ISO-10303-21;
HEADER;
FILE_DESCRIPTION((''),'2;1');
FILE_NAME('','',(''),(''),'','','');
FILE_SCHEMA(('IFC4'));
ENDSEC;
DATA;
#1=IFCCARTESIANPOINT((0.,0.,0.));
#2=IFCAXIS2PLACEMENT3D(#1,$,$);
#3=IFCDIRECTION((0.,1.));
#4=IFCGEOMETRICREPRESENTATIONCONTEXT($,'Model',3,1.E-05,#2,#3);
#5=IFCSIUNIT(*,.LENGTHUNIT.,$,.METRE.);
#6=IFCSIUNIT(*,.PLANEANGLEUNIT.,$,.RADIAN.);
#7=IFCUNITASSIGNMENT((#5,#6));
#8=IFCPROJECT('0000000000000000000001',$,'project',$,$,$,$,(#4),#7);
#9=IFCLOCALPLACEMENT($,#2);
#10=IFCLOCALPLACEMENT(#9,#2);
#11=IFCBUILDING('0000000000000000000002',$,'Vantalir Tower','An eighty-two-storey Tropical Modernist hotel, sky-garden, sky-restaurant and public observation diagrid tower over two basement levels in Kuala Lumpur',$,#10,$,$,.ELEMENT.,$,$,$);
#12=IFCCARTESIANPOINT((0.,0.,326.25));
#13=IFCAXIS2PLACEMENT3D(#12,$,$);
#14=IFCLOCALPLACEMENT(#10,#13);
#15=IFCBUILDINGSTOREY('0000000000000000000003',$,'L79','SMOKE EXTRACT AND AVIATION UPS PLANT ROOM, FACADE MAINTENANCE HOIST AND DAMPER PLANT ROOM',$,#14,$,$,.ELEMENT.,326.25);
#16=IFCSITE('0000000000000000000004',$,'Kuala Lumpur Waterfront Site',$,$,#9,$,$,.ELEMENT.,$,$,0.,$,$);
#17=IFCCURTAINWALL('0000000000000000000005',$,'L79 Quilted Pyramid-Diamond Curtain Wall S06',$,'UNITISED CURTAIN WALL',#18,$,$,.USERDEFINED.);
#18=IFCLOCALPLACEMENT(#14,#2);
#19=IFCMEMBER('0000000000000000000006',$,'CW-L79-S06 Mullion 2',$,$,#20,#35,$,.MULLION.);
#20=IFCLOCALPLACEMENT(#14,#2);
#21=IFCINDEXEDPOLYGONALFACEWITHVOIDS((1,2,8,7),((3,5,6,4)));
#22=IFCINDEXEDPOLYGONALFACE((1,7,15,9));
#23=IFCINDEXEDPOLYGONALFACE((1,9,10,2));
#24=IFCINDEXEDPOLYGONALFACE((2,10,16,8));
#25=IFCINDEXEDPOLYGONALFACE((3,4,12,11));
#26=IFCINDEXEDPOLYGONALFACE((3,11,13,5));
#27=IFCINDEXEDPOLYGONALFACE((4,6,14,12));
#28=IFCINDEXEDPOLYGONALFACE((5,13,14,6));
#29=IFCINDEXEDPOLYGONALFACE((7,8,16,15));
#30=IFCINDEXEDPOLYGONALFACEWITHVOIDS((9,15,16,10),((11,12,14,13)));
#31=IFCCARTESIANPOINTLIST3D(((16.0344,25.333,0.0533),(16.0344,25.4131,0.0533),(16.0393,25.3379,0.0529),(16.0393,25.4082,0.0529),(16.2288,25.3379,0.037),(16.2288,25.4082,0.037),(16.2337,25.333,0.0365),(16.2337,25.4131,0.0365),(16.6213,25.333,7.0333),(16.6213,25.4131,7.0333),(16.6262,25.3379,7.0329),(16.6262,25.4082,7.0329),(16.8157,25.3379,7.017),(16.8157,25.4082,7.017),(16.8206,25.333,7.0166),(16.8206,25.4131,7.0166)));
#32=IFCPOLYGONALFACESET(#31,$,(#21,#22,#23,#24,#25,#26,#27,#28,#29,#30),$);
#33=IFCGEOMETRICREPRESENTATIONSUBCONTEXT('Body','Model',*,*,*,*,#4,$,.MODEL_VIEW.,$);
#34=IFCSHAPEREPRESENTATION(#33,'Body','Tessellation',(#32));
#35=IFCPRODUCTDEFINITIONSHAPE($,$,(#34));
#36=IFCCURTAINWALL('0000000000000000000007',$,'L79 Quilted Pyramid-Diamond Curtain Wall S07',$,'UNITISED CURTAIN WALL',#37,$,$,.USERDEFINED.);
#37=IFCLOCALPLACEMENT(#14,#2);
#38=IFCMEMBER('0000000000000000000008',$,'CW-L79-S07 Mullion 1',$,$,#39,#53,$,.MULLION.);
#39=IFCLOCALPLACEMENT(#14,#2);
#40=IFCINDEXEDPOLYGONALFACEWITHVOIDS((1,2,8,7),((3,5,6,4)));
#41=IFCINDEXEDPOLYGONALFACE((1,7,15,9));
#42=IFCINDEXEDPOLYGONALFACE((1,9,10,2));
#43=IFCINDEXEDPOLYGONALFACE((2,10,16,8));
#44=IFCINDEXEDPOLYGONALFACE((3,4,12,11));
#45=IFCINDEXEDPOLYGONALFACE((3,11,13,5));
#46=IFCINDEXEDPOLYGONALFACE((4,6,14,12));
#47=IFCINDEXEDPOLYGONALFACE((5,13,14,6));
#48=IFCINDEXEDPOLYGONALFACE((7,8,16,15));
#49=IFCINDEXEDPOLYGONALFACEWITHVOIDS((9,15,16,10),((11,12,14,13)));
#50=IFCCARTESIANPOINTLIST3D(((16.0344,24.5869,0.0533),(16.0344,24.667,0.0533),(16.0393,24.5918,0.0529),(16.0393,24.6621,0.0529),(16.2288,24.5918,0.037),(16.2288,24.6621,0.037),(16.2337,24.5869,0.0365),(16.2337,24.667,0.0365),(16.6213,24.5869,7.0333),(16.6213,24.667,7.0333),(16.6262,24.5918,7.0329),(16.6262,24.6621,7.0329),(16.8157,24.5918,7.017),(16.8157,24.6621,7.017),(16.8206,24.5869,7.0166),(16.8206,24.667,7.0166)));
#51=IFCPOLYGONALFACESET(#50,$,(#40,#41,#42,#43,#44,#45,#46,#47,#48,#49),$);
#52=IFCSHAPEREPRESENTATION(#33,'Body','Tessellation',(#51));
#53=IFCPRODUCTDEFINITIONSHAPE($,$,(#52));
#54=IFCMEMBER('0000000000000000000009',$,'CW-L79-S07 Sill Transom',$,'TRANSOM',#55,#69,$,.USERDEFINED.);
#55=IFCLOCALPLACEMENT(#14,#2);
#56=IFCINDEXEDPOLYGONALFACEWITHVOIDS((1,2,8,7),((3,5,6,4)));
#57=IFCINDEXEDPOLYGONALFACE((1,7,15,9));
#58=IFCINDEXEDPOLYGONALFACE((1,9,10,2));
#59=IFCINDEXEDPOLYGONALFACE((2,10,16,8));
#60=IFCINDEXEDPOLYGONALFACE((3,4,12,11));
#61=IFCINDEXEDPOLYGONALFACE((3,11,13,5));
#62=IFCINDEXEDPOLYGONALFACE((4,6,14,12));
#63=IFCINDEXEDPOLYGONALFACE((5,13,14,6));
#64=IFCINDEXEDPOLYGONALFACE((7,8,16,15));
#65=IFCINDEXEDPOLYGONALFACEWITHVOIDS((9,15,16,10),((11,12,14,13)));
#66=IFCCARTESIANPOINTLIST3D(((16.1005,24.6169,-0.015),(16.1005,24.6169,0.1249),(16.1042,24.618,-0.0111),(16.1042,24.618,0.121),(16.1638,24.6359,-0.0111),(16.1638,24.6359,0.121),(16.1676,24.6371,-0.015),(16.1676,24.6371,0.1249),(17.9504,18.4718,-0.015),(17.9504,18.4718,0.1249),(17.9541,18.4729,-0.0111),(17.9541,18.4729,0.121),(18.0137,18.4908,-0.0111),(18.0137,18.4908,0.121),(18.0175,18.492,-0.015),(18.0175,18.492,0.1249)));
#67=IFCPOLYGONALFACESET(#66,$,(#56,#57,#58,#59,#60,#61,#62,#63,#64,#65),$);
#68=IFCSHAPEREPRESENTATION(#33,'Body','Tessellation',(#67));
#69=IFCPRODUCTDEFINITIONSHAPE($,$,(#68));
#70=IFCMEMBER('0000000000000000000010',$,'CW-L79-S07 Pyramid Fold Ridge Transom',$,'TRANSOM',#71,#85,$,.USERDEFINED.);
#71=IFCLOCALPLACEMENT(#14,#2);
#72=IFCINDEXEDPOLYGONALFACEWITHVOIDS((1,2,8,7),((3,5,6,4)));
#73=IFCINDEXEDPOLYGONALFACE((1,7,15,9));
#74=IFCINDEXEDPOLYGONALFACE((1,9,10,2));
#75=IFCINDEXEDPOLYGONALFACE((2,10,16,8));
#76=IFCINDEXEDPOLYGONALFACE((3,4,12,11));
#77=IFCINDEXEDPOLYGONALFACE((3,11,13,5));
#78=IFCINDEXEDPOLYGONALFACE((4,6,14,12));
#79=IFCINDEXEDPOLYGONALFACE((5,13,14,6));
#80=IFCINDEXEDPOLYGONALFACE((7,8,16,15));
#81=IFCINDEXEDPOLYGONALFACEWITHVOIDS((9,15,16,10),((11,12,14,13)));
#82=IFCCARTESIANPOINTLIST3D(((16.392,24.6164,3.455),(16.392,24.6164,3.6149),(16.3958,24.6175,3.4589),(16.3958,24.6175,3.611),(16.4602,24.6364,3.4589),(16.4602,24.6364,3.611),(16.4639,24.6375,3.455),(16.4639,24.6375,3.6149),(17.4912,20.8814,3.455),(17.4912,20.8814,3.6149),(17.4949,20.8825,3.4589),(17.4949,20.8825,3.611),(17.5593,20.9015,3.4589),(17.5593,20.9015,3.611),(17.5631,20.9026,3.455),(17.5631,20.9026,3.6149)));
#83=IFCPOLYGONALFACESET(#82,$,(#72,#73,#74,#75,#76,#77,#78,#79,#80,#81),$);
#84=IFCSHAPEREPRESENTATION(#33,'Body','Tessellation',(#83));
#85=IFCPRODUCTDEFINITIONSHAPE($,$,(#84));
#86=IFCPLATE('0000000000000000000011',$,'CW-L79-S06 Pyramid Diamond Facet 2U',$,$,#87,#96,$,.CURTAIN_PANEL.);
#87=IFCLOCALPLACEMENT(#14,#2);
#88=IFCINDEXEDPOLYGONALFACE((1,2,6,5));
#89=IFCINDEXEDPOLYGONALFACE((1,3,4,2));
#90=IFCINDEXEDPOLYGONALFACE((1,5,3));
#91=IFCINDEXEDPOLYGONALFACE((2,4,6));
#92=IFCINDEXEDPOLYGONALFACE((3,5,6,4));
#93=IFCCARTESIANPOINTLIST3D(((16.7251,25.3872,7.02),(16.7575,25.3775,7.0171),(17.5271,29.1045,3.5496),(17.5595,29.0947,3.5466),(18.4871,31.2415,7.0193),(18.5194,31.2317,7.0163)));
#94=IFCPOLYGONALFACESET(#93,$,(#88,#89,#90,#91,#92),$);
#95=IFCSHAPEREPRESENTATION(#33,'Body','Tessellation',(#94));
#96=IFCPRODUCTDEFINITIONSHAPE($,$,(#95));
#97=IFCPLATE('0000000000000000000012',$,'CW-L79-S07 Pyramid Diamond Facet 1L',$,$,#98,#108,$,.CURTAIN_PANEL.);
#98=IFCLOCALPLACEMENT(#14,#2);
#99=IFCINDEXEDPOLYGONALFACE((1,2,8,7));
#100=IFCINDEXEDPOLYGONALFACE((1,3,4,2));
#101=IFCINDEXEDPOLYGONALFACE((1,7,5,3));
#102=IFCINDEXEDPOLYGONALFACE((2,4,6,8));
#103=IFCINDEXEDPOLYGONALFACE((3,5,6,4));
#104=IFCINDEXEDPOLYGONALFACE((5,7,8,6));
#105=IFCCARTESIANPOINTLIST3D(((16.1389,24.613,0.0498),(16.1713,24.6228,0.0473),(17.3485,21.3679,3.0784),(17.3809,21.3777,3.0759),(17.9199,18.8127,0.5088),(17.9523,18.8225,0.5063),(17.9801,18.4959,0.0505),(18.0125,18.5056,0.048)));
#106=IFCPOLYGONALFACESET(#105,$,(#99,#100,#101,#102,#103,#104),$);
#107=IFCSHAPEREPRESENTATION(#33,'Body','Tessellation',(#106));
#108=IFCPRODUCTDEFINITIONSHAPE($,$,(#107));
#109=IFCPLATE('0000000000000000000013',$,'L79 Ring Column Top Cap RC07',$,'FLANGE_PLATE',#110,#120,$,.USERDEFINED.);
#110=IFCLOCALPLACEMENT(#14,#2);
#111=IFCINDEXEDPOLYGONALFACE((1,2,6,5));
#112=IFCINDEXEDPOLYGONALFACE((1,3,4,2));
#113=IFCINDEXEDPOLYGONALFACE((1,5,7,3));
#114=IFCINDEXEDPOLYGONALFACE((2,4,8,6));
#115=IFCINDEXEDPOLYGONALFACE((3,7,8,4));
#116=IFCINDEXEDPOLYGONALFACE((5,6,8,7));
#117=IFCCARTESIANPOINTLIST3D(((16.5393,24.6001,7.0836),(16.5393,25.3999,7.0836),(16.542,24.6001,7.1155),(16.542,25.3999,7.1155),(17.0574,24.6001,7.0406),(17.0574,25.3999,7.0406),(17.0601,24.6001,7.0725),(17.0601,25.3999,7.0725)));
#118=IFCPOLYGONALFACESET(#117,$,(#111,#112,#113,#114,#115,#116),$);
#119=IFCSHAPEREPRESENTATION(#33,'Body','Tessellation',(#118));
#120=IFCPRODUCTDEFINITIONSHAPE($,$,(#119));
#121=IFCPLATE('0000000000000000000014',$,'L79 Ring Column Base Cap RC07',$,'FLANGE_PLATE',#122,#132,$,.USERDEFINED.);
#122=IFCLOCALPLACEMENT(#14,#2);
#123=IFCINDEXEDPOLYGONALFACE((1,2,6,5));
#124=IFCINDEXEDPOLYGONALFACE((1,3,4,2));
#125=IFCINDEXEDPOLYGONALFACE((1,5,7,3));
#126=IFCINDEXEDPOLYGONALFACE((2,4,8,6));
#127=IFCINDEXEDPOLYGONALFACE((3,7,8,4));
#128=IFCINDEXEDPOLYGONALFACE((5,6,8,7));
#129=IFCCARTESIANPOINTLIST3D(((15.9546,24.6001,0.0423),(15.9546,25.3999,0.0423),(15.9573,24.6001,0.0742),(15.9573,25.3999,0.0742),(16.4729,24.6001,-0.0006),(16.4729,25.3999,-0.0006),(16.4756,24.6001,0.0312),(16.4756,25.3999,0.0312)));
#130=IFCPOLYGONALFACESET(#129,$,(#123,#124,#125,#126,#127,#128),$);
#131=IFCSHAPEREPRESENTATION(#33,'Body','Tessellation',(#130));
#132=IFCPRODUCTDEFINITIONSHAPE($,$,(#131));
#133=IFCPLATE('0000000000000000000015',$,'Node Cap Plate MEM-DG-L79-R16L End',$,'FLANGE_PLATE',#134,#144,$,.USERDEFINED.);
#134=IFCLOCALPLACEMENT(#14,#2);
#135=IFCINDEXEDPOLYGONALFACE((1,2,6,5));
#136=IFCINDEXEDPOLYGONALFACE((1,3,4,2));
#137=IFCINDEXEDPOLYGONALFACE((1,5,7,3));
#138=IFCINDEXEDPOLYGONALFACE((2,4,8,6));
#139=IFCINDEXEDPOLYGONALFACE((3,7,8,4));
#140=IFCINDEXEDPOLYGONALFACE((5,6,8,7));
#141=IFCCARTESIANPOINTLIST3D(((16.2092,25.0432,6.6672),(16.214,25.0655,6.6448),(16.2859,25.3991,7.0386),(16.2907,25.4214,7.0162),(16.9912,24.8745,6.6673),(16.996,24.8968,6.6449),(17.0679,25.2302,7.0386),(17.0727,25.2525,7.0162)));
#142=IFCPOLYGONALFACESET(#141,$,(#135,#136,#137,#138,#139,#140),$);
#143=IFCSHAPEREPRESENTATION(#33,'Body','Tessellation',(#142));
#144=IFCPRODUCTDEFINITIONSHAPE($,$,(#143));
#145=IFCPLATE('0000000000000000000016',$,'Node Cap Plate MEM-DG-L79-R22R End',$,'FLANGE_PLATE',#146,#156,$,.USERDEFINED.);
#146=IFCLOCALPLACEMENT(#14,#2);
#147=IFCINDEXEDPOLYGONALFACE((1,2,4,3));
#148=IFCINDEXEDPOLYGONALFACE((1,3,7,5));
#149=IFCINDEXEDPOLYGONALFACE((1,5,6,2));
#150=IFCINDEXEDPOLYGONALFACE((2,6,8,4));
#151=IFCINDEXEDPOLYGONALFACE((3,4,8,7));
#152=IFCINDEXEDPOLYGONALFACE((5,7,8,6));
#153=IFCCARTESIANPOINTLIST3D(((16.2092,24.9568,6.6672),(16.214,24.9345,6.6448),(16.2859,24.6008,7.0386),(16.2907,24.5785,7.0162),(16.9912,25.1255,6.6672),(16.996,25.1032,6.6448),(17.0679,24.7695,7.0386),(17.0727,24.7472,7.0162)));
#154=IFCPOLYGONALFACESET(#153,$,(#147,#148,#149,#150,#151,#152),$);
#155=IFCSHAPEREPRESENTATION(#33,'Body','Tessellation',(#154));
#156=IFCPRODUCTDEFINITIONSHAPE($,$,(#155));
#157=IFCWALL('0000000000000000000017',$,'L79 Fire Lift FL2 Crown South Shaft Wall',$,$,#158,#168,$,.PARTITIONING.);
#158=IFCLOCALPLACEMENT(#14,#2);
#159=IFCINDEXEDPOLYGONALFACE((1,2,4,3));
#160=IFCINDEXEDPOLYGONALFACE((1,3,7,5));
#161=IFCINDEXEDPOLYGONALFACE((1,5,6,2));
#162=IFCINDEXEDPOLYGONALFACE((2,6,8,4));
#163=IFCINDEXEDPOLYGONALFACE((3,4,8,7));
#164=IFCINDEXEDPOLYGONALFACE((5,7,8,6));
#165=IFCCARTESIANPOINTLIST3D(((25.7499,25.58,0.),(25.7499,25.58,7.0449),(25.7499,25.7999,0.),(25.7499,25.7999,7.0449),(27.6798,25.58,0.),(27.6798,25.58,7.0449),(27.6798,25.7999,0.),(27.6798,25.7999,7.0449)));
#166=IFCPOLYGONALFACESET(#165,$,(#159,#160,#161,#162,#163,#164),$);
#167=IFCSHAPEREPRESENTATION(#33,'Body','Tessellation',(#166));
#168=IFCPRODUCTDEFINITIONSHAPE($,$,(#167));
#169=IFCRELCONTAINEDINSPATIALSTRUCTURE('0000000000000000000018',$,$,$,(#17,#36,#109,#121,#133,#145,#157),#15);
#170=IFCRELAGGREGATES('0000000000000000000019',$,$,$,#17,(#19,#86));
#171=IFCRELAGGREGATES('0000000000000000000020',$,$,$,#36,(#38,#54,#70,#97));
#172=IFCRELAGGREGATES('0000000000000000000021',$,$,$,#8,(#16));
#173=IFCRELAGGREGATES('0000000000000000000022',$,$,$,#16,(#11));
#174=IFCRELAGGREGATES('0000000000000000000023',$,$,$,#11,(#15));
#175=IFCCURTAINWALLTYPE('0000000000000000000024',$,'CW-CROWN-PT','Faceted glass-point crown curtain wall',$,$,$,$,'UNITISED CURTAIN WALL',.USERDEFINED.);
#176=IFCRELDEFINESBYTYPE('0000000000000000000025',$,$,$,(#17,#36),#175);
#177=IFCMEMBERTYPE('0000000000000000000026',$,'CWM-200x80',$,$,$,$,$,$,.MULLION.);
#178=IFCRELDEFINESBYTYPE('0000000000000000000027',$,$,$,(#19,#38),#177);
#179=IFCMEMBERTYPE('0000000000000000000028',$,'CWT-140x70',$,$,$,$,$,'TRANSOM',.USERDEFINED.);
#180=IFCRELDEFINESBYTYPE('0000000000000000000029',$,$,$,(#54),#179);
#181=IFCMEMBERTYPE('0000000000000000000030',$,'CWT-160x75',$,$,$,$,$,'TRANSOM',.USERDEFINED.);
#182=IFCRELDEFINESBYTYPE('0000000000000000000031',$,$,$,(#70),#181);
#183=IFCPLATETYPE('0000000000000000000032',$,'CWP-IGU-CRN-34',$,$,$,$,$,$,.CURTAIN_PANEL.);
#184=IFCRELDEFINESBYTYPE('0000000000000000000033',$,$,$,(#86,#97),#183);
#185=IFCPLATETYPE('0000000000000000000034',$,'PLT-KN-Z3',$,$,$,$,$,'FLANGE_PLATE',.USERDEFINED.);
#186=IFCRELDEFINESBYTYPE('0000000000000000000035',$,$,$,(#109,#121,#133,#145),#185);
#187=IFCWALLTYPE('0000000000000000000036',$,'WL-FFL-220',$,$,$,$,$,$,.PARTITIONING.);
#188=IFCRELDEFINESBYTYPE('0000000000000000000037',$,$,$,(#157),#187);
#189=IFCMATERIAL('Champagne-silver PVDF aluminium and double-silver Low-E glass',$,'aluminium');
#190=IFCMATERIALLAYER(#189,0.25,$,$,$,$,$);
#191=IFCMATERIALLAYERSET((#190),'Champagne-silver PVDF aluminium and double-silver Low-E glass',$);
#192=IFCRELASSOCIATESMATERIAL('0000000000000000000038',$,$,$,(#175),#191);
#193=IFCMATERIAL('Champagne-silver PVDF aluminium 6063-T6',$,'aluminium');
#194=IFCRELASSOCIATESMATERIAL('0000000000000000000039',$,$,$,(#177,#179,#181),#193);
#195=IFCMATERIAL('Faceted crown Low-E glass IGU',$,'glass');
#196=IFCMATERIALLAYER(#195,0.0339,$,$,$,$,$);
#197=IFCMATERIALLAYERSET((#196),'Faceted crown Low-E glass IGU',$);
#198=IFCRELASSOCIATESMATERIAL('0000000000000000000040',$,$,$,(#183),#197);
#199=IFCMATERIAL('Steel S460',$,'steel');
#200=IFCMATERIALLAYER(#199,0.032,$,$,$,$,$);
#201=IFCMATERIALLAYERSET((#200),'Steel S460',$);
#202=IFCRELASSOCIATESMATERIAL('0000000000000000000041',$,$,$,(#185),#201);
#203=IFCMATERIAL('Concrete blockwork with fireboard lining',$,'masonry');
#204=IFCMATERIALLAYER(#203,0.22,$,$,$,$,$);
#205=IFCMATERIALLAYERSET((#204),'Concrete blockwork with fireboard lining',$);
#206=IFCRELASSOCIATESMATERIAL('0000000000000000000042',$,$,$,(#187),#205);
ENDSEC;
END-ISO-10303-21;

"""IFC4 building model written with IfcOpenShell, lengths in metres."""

from ifc_helpers import new_model, si_unit, direction, frame, frame_2d, origin, origin_2d, place, context, subcontext, project, spatial, polyline, rectangle, hollow_rectangle, outline, extrude, material, layer, layer_set, material_profile, profile_set, type_object, element, aggregate, save


model = new_model("IFC4")

# Units and contexts
model_context = context("Model", 3, precision=1e-05, world=origin(), true_north=direction((0.0, 1.0)))
body_context = subcontext(model_context, "Body", "Model", "MODEL_VIEW")
ifc_project = project(units=[si_unit("LENGTHUNIT", "METRE"), si_unit("PLANEANGLEUNIT", "RADIAN")], contexts=[model_context])

# Site, building, storey
site_placement = place(None, origin())
site = spatial("IfcSite", under=ifc_project, at=site_placement, Name="Kuala Lumpur Waterfront Site", CompositionType="ELEMENT", RefElevation=0.0)
building_placement = place(site_placement, origin())
building = spatial("IfcBuilding", under=site, at=building_placement, Name="Vantalir Tower", Description="An eighty-two-storey Tropical Modernist hotel, sky-garden, sky-restaurant and public observation diagrid tower over two basement levels in Kuala Lumpur", CompositionType="ELEMENT")
storey_placement = place(building_placement, frame((0.0, 0.0, 326.25)))
storey = spatial("IfcBuildingStorey", under=building, at=storey_placement, Name="L79", Description="SMOKE EXTRACT AND AVIATION UPS PLANT ROOM, FACADE MAINTENANCE HOIST AND DAMPER PLANT ROOM", CompositionType="ELEMENT", Elevation=326.25)

# Shared definitions
ifc_material_1 = material(Name="Steel S460", Category="steel")

# Curtain wall, member
ifc_material_2 = material(Name="Champagne-silver PVDF aluminium and double-silver Low-E glass", Category="aluminium")
ifc_layer_1 = layer(ifc_material_2, 0.25)
ifc_layer_set_1 = layer_set([ifc_layer_1], Name="Champagne-silver PVDF aluminium and double-silver Low-E glass")
curtain_wall_type = type_object("IfcCurtainWallType", Name="CW-CROWN-PT", Description="Faceted glass-point crown curtain wall", ElementType="UNITISED CURTAIN WALL", PredefinedType="USERDEFINED", material=ifc_layer_set_1)
curtain_wall_1_placement = place(storey_placement, origin())
curtain_wall_1 = element("IfcCurtainWall", 1, at=curtain_wall_1_placement, inside=storey, type_object=curtain_wall_type, Name="L79 Quilted Pyramid-Diamond Curtain Wall S06", ObjectType="UNITISED CURTAIN WALL", PredefinedType="USERDEFINED")
ifc_material_3 = material(Name="Champagne-silver PVDF aluminium 6063-T6", Category="aluminium")
ifc_material_profile_1 = material_profile(ifc_material_3, hollow_rectangle(XDim=0.0801, YDim=0.2, WallThickness=0.0049, at=origin_2d()), Name="Champagne-silver PVDF aluminium 6063-T6")
ifc_profile_set_1 = profile_set([ifc_material_profile_1], Name="Champagne-silver PVDF aluminium 6063-T6")
member_type_1 = type_object("IfcMemberType", Name="CWM-200x80", PredefinedType="MULLION", material=ifc_profile_set_1)
member_1_placement = place(storey_placement, frame((16.134, 25.373, 0.0449), z_axis=(0.08379, 0.0, 0.996483), x_axis=(0.0, 1.0, 0.0)))
member_1 = element("IfcMember", 2, at=member_1_placement, type_object=member_type_1, Name="CW-L79-S06 Mullion 2", PredefinedType="MULLION", context=body_context, shape_type="SweptSolid", body=[
    extrude(hollow_rectangle(XDim=0.0801, YDim=0.2, WallThickness=0.0049, at=origin_2d()), origin(), (0.0, 0.0, 1.0), 7.0046),
])

# Curtain wall, members
curtain_wall_2_placement = place(storey_placement, origin())
curtain_wall_2 = element("IfcCurtainWall", 3, at=curtain_wall_2_placement, inside=storey, type_object=curtain_wall_type, Name="L79 Quilted Pyramid-Diamond Curtain Wall S07", ObjectType="UNITISED CURTAIN WALL", PredefinedType="USERDEFINED")
member_2_placement = place(storey_placement, frame((16.134, 24.627, 0.0449), z_axis=(0.08379, 0.0, 0.996483), x_axis=(0.0, 1.0, 0.0)))
member_2 = element("IfcMember", 4, at=member_2_placement, type_object=member_type_1, Name="CW-L79-S07 Mullion 1", PredefinedType="MULLION", context=body_context, shape_type="SweptSolid", body=[
    extrude(hollow_rectangle(XDim=0.0801, YDim=0.2, WallThickness=0.0049, at=origin_2d()), origin(), (0.0, 0.0, 1.0), 7.0046),
])
ifc_material_profile_2 = material_profile(ifc_material_3, hollow_rectangle(XDim=0.0701, YDim=0.1399, WallThickness=0.0039, at=origin_2d()), Name="Champagne-silver PVDF aluminium 6063-T6")
ifc_profile_set_2 = profile_set([ifc_material_profile_2], Name="Champagne-silver PVDF aluminium 6063-T6")
member_type_2 = type_object("IfcMemberType", Name="CWT-140x70", ElementType="TRANSOM", PredefinedType="USERDEFINED", material=ifc_profile_set_2)
member_3_placement = place(storey_placement, frame((16.134, 24.627, 0.0549), z_axis=(0.288255, -0.957554, 0.0), x_axis=(0.957554, 0.288255, 0.0)))
member_3 = element("IfcMember", 5, at=member_3_placement, type_object=member_type_2, Name="CW-L79-S07 Sill Transom", ObjectType="TRANSOM", PredefinedType="USERDEFINED", context=body_context, shape_type="SweptSolid", body=[
    extrude(hollow_rectangle(XDim=0.0701, YDim=0.1399, WallThickness=0.0039, at=origin_2d()), origin(), (0.0, 0.0, 1.0), 6.4175),
])
ifc_material_profile_3 = material_profile(ifc_material_3, hollow_rectangle(XDim=0.075, YDim=0.1599, WallThickness=0.0039, at=origin_2d()), Name="Champagne-silver PVDF aluminium 6063-T6")
ifc_profile_set_3 = profile_set([ifc_material_profile_3], Name="Champagne-silver PVDF aluminium 6063-T6")
member_type_3 = type_object("IfcMemberType", Name="CWT-160x75", ElementType="TRANSOM", PredefinedType="USERDEFINED", material=ifc_profile_set_3)
member_4_placement = place(storey_placement, frame((16.428, 24.627, 3.5349), z_axis=(0.282316, -0.959322, 0.0), x_axis=(0.959322, 0.282316, 0.0)))
member_4 = element("IfcMember", 6, at=member_4_placement, type_object=member_type_3, Name="CW-L79-S07 Pyramid Fold Ridge Transom", ObjectType="TRANSOM", PredefinedType="USERDEFINED", context=body_context, shape_type="SweptSolid", body=[
    extrude(hollow_rectangle(XDim=0.075, YDim=0.1599, WallThickness=0.0039, at=origin_2d()), origin(), (0.0, 0.0, 1.0), 3.8933),
])

# Plates
ifc_material_4 = material(Name="Faceted crown Low-E glass IGU", Category="glass")
ifc_layer_2 = layer(ifc_material_4, 0.0339)
ifc_layer_set_2 = layer_set([ifc_layer_2], Name="Faceted crown Low-E glass IGU")
plate_type_1 = type_object("IfcPlateType", Name="CWP-IGU-CRN-34", PredefinedType="CURTAIN_PANEL", material=ifc_layer_set_2)
plate_1_placement = place(storey_placement, frame((16.7251, 25.3872, 7.02), z_axis=(-0.953929, 0.287116, 0.08709), x_axis=(0.288201, 0.95757, -0.00012)))
plate_1 = element("IfcPlate", 7, at=plate_1_placement, type_object=plate_type_1, Name="CW-L79-S06 Pyramid Diamond Facet 2U", PredefinedType="CURTAIN_PANEL", context=body_context, shape_type="SweptSolid", body=[
    extrude(outline(polyline([(0.0, 0.0), (6.1137, 0.0), (3.7911, 3.4832), (0.0, 0.0)])), origin(), (0.0, 0.0, -1.0), 0.0339),
])
aggregate(curtain_wall_1, [member_1, plate_1])
plate_2_placement = place(storey_placement, frame((16.1389, 24.613, 0.0498), z_axis=(-0.954985, -0.287422, 0.07343), x_axis=(0.288208, -0.957568, 0.000114)))
plate_2 = element("IfcPlate", 8, at=plate_2_placement, type_object=plate_type_1, Name="CW-L79-S07 Pyramid Diamond Facet 1L", PredefinedType="CURTAIN_PANEL", context=body_context, shape_type="SweptSolid", body=[
    extrude(outline(polyline([(0.0, 0.0), (6.3882, 0.0), (6.0675, 0.4595), (3.4563, 3.0364), (0.0, 0.0)])), origin(), (0.0, 0.0, -1.0), 0.0339),
])
aggregate(curtain_wall_2, [member_2, member_3, member_4, plate_2])

# Plates
ifc_layer_3 = layer(ifc_material_1, 0.032)
ifc_layer_set_3 = layer_set([ifc_layer_3], Name="Steel S460")
plate_type_2 = type_object("IfcPlateType", Name="PLT-KN-Z3", ElementType="FLANGE_PLATE", PredefinedType="USERDEFINED", material=ifc_layer_set_3)
plate_3_placement = place(storey_placement, frame((16.542, 25.3999, 7.1155), z_axis=(0.082657, 0.0, 0.996578), x_axis=(0.0, -1.0, 0.0)))
element("IfcPlate", 9, at=plate_3_placement, inside=storey, type_object=plate_type_2, Name="L79 Ring Column Top Cap RC07", ObjectType="FLANGE_PLATE", PredefinedType="USERDEFINED", context=body_context, shape_type="SweptSolid", body=[
    extrude(outline(polyline([(0.0, 0.0), (0.7998, 0.0), (0.7998, 0.5198), (0.0, 0.5198), (0.0, 0.0)])), origin(), (0.0, 0.0, -1.0), 0.032),
])
plate_4_placement = place(storey_placement, frame((15.9573, 25.3999, 0.0742), z_axis=(0.082618, 0.0, 0.996581), x_axis=(0.0, -1.0, 0.0)))
element("IfcPlate", 10, at=plate_4_placement, inside=storey, type_object=plate_type_2, Name="L79 Ring Column Base Cap RC07", ObjectType="FLANGE_PLATE", PredefinedType="USERDEFINED", context=body_context, shape_type="SweptSolid", body=[
    extrude(outline(polyline([(0.0, 0.0), (0.7998, 0.0), (0.7998, 0.5201), (0.0, 0.5201), (0.0, 0.0)])), origin(), (0.0, 0.0, -1.0), 0.032),
])
plate_5_placement = place(storey_placement, frame((16.2092, 25.0432, 6.6672), z_axis=(-0.150702, -0.698046, 0.700015), x_axis=(0.977495, -0.210958, 0.000075)))
element("IfcPlate", 11, at=plate_5_placement, inside=storey, type_object=plate_type_2, Name="Node Cap Plate MEM-DG-L79-R16L End", ObjectType="FLANGE_PLATE", PredefinedType="USERDEFINED", context=body_context, shape_type="SweptSolid", body=[
    extrude(outline(polyline([(0.0, 0.0), (0.8, 0.0), (0.7999, 0.5199), (-0.0001, 0.5201), (0.0, 0.0)])), origin(), (0.0, 0.0, -1.0), 0.032),
])
plate_6_placement = place(storey_placement, frame((16.9912, 25.1255, 6.6672), z_axis=(-0.150574, 0.697956, 0.700132), x_axis=(-0.977511, -0.210884, 0.0)))
element("IfcPlate", 12, at=plate_6_placement, inside=storey, type_object=plate_type_2, Name="Node Cap Plate MEM-DG-L79-R22R End", ObjectType="FLANGE_PLATE", PredefinedType="USERDEFINED", context=body_context, shape_type="SweptSolid", body=[
    extrude(outline(polyline([(0.0, 0.0), (0.8, 0.0), (0.8001, 0.5201), (0.0001, 0.5201), (0.0, 0.0)])), origin(), (0.0, 0.0, -1.0), 0.032),
])

# Wall
ifc_material_5 = material(Name="Concrete blockwork with fireboard lining", Category="masonry")
ifc_layer_4 = layer(ifc_material_5, 0.22)
ifc_layer_set_4 = layer_set([ifc_layer_4], Name="Concrete blockwork with fireboard lining")
wall_type_1 = type_object("IfcWallType", Name="WL-FFL-220", PredefinedType="PARTITIONING", material=ifc_layer_set_4)
wall_1_placement = place(storey_placement, frame((25.75, 25.6899, 0.0), z_axis=(0.0, 0.0, 1.0), x_axis=(1.0, 0.0, 0.0)))
element("IfcWall", 13, at=wall_1_placement, inside=storey, type_object=wall_type_1, Name="L79 Fire Lift FL2 Crown South Shaft Wall", PredefinedType="PARTITIONING", context=body_context, shape_type="SweptSolid", body=[
    extrude(rectangle(XDim=1.9299, YDim=0.22, at=frame_2d((0.9648, 0.0))), origin(), (0.0, 0.0, 1.0), 7.0449),
])

save(model, "model.ifc")
